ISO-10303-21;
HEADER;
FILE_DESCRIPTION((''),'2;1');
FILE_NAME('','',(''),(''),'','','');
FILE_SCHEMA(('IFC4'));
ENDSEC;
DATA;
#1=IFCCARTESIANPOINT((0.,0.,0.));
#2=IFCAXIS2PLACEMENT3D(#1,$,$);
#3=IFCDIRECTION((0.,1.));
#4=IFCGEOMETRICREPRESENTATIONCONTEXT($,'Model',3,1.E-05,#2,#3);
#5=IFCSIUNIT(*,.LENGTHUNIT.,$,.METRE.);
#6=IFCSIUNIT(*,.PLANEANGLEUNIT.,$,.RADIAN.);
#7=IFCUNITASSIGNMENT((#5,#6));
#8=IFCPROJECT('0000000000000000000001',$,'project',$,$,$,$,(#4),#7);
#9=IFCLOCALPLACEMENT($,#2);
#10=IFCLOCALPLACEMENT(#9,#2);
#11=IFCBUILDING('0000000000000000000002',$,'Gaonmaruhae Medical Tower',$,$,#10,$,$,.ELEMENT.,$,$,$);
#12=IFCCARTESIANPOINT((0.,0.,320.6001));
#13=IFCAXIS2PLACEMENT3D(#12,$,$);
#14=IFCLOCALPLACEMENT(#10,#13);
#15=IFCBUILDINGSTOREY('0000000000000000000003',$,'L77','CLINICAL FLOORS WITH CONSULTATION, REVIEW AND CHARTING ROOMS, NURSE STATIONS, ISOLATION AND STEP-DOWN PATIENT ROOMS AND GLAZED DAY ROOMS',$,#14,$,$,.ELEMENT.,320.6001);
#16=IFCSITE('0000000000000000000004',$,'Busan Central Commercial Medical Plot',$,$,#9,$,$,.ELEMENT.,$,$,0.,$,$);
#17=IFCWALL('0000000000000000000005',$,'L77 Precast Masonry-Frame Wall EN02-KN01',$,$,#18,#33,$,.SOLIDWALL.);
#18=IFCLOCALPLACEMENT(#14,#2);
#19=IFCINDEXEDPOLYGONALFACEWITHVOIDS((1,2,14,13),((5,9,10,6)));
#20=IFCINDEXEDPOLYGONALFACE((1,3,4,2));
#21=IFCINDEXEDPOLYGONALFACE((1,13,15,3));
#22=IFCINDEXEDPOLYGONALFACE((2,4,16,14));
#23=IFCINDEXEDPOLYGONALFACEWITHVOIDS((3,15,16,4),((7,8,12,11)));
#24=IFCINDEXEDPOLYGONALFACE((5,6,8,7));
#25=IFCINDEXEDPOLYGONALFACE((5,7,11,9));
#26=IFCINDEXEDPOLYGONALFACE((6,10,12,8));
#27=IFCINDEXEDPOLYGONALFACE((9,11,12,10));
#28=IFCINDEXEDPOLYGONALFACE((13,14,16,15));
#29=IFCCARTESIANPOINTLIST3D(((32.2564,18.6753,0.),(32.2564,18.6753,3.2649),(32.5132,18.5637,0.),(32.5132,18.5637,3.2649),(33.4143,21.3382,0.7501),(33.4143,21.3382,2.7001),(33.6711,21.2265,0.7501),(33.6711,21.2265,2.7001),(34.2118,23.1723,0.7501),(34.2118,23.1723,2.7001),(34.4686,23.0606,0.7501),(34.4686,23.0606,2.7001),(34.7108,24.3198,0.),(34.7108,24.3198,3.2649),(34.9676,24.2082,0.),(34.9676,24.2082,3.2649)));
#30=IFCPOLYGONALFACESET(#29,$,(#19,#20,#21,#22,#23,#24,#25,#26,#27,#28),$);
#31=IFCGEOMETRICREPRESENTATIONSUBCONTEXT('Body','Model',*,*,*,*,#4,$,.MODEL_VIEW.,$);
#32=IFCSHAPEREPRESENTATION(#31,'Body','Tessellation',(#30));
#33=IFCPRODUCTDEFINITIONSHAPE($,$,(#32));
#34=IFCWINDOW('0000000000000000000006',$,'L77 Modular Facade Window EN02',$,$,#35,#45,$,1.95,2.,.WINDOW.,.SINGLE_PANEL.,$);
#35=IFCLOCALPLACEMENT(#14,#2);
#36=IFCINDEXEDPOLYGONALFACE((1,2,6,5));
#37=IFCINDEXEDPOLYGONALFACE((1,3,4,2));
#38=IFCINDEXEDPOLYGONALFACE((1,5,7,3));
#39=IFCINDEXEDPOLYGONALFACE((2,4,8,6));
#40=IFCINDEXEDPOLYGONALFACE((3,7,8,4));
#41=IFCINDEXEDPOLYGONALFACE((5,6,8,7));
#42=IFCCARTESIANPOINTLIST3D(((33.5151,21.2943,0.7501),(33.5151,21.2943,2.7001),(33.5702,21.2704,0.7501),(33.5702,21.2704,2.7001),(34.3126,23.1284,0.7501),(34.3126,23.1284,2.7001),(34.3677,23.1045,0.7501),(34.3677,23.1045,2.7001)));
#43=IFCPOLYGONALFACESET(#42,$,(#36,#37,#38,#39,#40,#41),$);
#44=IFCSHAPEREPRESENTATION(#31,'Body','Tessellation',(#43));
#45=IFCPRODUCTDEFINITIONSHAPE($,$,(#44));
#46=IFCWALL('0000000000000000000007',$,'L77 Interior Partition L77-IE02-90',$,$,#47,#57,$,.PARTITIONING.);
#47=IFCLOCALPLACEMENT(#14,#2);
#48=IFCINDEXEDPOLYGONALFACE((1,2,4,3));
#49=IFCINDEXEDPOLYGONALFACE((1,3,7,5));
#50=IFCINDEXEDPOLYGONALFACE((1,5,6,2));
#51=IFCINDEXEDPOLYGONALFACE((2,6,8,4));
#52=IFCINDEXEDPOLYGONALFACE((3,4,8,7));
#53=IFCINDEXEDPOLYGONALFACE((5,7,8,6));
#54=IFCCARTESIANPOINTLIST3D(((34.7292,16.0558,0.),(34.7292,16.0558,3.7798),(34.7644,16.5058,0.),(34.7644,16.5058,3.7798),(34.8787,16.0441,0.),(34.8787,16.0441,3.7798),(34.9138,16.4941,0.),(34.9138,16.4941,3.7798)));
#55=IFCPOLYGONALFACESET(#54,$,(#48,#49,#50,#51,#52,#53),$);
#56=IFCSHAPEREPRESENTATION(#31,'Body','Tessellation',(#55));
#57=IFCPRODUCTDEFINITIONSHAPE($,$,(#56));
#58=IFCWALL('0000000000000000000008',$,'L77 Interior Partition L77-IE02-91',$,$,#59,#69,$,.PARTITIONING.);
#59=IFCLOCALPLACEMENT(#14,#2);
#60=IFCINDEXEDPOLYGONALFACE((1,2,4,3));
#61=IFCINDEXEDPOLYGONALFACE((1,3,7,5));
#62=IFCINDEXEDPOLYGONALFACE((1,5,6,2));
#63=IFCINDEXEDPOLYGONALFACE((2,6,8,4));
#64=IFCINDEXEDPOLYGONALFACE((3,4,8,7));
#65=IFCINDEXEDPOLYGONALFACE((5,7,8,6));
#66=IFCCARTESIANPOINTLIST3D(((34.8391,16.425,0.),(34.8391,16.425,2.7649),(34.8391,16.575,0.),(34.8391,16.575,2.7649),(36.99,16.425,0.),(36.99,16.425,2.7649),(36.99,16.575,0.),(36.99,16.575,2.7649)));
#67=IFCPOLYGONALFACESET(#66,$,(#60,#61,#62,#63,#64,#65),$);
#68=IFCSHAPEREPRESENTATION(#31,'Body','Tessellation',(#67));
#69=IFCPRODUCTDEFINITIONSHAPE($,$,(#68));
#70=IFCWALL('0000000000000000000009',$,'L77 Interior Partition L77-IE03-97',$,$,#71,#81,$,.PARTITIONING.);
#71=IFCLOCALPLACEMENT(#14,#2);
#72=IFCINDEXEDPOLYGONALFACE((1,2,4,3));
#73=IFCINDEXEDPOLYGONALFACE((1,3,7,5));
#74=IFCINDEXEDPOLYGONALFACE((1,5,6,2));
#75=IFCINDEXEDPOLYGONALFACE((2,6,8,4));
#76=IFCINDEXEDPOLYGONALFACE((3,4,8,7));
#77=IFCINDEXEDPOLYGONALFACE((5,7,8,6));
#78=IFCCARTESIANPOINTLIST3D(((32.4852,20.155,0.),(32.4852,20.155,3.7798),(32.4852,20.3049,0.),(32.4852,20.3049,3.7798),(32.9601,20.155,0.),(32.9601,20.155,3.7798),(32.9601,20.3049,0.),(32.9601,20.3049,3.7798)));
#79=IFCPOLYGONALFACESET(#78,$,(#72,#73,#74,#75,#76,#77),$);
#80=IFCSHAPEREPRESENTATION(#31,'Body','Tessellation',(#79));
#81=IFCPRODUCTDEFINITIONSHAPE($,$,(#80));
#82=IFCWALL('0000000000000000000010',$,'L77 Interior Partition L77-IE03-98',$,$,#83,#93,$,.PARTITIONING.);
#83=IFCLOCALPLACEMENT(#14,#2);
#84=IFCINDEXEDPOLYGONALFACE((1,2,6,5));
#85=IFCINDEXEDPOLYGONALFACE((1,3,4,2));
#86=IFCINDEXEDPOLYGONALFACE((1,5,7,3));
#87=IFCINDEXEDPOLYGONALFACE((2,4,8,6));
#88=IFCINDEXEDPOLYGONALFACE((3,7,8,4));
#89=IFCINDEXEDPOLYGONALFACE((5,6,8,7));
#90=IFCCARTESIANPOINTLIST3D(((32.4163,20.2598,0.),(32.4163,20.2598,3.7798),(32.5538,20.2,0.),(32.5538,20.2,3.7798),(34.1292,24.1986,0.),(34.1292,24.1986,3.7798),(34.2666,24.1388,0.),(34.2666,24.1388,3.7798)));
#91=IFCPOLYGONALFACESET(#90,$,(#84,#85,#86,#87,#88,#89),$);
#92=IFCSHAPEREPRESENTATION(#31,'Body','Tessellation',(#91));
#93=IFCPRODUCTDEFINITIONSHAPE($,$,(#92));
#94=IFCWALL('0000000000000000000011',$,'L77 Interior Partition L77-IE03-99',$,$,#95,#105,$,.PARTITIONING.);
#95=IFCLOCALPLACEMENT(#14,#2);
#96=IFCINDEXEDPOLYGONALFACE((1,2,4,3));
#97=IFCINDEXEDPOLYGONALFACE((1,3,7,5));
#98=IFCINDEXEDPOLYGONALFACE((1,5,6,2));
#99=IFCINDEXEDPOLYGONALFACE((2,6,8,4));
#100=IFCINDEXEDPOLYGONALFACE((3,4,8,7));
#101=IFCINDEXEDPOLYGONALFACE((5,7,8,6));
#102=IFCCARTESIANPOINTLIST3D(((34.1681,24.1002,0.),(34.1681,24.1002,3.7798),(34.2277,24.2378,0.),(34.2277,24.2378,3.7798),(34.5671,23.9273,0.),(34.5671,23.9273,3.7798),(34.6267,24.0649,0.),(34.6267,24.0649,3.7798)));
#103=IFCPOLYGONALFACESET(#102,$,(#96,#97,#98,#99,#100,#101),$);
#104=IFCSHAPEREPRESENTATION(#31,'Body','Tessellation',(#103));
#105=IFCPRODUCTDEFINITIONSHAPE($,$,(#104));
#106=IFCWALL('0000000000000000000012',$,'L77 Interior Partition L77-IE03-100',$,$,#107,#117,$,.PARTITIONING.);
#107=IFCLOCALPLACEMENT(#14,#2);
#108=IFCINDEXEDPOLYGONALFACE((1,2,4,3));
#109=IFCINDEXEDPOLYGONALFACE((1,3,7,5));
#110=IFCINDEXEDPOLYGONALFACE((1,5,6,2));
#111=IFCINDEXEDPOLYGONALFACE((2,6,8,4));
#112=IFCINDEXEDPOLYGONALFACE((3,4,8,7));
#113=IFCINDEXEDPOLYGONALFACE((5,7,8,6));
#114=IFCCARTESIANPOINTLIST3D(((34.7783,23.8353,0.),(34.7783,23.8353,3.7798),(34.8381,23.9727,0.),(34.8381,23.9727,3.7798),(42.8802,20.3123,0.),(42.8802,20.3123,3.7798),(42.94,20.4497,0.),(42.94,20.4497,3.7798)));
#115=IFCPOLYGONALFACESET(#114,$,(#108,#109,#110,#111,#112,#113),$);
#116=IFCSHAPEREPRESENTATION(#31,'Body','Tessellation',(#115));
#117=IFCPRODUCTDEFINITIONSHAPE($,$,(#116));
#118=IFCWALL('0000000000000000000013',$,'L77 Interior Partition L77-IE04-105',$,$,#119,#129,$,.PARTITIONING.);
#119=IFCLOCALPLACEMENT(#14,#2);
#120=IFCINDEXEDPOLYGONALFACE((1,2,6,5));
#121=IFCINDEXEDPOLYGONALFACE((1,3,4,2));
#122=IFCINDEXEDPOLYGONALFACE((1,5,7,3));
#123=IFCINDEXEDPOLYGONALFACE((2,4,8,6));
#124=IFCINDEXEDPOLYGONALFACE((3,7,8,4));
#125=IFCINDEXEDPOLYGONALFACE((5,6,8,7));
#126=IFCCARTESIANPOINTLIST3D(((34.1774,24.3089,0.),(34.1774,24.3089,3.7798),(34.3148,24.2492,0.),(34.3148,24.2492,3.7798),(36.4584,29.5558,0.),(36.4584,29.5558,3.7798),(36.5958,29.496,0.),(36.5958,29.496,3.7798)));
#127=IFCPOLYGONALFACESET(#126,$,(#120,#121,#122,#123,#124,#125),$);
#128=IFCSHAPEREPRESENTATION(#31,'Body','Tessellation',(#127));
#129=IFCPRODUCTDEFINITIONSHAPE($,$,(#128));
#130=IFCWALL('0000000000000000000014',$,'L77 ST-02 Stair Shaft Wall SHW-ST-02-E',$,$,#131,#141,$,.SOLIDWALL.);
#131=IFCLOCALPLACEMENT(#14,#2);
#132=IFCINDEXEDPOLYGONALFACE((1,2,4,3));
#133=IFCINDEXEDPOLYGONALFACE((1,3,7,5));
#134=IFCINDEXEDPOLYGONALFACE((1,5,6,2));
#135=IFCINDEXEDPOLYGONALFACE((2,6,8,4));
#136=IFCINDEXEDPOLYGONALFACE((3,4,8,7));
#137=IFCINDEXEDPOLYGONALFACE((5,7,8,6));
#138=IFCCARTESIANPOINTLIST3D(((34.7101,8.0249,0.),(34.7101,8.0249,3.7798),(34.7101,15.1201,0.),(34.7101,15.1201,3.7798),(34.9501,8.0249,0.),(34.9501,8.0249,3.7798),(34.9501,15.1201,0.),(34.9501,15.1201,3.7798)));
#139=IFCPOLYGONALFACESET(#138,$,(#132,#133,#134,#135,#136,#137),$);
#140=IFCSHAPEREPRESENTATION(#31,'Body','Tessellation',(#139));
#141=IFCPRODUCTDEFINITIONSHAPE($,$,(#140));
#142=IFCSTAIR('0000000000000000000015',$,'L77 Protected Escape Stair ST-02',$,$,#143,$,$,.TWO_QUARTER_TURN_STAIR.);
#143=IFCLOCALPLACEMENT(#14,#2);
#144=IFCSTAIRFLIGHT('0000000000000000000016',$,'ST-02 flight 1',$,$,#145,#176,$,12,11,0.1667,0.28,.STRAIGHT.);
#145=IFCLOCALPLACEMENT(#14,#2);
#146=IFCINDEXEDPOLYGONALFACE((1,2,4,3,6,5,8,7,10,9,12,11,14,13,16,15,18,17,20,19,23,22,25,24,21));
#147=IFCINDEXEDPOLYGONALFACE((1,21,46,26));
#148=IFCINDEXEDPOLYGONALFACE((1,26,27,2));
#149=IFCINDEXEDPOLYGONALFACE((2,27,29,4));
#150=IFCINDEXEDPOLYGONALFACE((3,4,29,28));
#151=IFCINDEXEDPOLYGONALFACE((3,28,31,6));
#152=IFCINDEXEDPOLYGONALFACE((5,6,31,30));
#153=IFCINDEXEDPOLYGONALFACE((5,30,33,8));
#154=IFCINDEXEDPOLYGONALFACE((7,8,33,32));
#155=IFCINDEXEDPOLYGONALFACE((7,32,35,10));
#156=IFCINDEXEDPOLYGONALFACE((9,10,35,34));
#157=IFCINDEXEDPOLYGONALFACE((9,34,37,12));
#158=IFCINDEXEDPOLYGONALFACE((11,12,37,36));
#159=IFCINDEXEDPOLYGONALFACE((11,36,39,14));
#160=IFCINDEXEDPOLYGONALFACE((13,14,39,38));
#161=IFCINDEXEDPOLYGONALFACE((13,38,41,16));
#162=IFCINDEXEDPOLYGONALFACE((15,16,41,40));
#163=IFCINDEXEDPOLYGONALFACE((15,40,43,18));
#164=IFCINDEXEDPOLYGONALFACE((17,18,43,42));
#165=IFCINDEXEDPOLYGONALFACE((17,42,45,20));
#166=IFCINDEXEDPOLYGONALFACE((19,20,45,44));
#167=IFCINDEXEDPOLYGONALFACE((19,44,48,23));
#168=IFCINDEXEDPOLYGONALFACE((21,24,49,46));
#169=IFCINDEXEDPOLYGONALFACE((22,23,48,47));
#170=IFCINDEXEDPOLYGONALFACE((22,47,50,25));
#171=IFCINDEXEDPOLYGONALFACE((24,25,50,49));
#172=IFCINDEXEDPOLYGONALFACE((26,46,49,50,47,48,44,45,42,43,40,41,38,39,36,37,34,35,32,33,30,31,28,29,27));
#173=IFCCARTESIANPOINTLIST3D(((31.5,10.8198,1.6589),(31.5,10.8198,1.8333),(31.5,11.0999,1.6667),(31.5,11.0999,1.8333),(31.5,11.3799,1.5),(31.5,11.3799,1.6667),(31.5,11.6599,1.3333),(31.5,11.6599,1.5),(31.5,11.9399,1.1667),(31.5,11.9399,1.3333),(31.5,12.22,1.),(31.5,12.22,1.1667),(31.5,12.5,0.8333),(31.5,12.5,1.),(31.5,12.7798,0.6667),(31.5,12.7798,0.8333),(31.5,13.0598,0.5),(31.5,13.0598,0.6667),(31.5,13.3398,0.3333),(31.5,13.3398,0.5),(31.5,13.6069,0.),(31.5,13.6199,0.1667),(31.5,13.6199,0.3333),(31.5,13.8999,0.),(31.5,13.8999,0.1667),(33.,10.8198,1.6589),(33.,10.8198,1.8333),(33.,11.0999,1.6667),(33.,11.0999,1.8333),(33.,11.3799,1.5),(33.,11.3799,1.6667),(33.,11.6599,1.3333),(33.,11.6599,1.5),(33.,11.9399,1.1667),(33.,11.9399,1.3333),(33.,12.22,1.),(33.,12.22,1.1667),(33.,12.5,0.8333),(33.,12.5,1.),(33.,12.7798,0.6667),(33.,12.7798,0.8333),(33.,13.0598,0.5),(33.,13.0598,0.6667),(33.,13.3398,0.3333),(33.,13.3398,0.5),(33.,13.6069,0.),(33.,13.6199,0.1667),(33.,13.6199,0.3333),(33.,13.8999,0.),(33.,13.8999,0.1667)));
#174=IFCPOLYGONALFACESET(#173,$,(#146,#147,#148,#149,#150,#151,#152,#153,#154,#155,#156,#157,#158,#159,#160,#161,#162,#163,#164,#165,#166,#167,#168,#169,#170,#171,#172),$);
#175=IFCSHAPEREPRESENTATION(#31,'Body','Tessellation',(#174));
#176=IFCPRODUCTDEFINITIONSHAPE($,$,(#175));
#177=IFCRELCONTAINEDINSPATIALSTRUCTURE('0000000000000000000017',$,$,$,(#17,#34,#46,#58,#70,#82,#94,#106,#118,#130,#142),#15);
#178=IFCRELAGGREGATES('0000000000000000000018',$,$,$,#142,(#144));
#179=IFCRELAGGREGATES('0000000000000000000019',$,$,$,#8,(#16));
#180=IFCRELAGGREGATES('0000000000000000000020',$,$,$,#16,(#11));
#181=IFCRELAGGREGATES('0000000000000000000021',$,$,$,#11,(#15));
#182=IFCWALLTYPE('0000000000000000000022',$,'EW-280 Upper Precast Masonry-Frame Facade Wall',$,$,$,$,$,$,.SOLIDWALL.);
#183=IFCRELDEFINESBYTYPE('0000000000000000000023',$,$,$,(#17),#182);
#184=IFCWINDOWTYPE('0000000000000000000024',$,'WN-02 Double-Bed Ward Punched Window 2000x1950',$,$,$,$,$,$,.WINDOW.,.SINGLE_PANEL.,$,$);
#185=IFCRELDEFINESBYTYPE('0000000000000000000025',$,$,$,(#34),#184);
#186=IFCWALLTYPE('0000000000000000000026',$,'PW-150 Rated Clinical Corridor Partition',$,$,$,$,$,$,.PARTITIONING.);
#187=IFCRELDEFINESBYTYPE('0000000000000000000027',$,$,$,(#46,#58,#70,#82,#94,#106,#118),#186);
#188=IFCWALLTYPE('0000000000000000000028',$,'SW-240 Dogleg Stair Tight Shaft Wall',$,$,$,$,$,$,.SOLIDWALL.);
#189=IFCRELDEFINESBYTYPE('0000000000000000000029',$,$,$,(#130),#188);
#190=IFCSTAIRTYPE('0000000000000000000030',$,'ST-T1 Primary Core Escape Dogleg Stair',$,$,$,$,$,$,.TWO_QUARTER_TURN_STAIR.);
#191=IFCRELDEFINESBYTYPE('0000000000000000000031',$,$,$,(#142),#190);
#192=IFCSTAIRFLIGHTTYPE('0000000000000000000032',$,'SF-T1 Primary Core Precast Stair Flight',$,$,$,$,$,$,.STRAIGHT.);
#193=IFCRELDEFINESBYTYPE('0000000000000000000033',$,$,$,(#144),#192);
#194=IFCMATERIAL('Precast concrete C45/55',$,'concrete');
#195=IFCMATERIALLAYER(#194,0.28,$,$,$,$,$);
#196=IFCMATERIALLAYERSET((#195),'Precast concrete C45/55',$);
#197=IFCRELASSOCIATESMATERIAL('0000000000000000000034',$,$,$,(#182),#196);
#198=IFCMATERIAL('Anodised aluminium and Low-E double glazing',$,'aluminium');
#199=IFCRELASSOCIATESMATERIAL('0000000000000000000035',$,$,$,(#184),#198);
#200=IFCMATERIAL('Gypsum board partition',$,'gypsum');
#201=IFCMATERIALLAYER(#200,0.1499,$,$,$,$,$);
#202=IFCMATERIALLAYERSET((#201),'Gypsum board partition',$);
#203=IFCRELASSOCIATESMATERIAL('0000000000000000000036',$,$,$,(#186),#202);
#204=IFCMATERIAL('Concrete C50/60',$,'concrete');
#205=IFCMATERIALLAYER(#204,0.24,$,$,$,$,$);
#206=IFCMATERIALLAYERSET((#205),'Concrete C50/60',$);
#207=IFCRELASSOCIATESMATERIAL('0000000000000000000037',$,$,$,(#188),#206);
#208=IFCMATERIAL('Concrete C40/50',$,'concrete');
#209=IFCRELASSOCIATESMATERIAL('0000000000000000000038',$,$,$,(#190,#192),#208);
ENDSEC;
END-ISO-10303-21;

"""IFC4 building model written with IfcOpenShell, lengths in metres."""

from ifc_helpers import new_model, si_unit, direction, frame, frame_2d, origin, place, context, subcontext, project, spatial, polyline, rectangle, outline, extrude, material, layer, layer_set, type_object, element, fill, aggregate, save


model = new_model("IFC4")

# Units and contexts
model_context = context("Model", 3, precision=1e-05, world=origin(), true_north=direction((0.0, 1.0)))
body_context = subcontext(model_context, "Body", "Model", "MODEL_VIEW")
ifc_project = project(units=[si_unit("LENGTHUNIT", "METRE"), si_unit("PLANEANGLEUNIT", "RADIAN")], contexts=[model_context])

# Site, building, storey
site_placement = place(None, origin())
site = spatial("IfcSite", under=ifc_project, at=site_placement, Name="Busan Central Commercial Medical Plot", CompositionType="ELEMENT", RefElevation=0.0)
building_placement = place(site_placement, origin())
building = spatial("IfcBuilding", under=site, at=building_placement, Name="Gaonmaruhae Medical Tower", CompositionType="ELEMENT")
storey_placement = place(building_placement, frame((0.0, 0.0, 320.6001)))
storey = spatial("IfcBuildingStorey", under=building, at=storey_placement, Name="L77", Description="CLINICAL FLOORS WITH CONSULTATION, REVIEW AND CHARTING ROOMS, NURSE STATIONS, ISOLATION AND STEP-DOWN PATIENT ROOMS AND GLAZED DAY ROOMS", CompositionType="ELEMENT", Elevation=320.6001)

# Shared definitions
ifc_material_1 = material(Name="Concrete C50/60", Category="concrete")

# Wall, opening, window
ifc_material_2 = material(Name="Precast concrete C45/55", Category="concrete")
ifc_layer_1 = layer(ifc_material_2, 0.28)
ifc_layer_set_1 = layer_set([ifc_layer_1], Name="Precast concrete C45/55")
wall_type_1 = type_object("IfcWallType", Name="EW-280 Upper Precast Masonry-Frame Facade Wall", PredefinedType="SOLIDWALL", material=ifc_layer_set_1)
wall_1_placement = place(storey_placement, frame((32.3848, 18.6194, 0.0), z_axis=(0.0, 0.0, 1.0), x_axis=(0.398754, 0.917058, 0.0)))
wall_1 = element("IfcWall", 1, at=wall_1_placement, inside=storey, type_object=wall_type_1, Name="L77 Precast Masonry-Frame Wall EN02-KN01", PredefinedType="SOLIDWALL", context=body_context, shape_type="SweptSolid", body=[
    extrude(rectangle(XDim=6.155, YDim=0.28, at=frame_2d((3.0776, 0.0))), origin(), (0.0, 0.0, 1.0), 3.2649),
])
opening_1_placement = place(wall_1_placement, frame((2.9038, 0.0, 0.75)))
opening_1 = element("IfcOpeningElement", 2, at=opening_1_placement, cuts=wall_1, PredefinedType="OPENING", context=body_context, shape_type="SweptSolid", body=[
    extrude(rectangle(XDim=2.0, YDim=1.95, at=frame_2d((1.0, 0.9751))), frame((0.0, 0.1499, 0.0), z_axis=(0.0, -1.0, 0.0), x_axis=(1.0, 0.0, 0.0)), (0.0, 0.0, 1.0), 0.3),
])
ifc_material_3 = material(Name="Anodised aluminium and Low-E double glazing", Category="aluminium")
window_type = type_object("IfcWindowType", Name="WN-02 Double-Bed Ward Punched Window 2000x1950", PartitioningType="SINGLE_PANEL", PredefinedType="WINDOW", material=ifc_material_3)
window_placement = place(opening_1_placement, origin())
window = element("IfcWindow", 3, at=window_placement, inside=storey, type_object=window_type, Name="L77 Modular Facade Window EN02", OverallHeight=1.95, OverallWidth=2.0, PartitioningType="SINGLE_PANEL", PredefinedType="WINDOW", context=body_context, shape_type="SweptSolid", body=[
    extrude(rectangle(XDim=2.0, YDim=1.95, at=frame_2d((1.0, 0.9751))), frame((0.0, 0.03, 0.0), z_axis=(0.0, -1.0, 0.0), x_axis=(1.0, 0.0, 0.0)), (0.0, 0.0, 1.0), 0.0601),
])
fill(opening_1, window)

# Walls
ifc_material_4 = material(Name="Gypsum board partition", Category="gypsum")
ifc_layer_2 = layer(ifc_material_4, 0.1499)
ifc_layer_set_2 = layer_set([ifc_layer_2], Name="Gypsum board partition")
wall_type_2 = type_object("IfcWallType", Name="PW-150 Rated Clinical Corridor Partition", PredefinedType="PARTITIONING", material=ifc_layer_set_2)
wall_2_placement = place(storey_placement, frame((34.804, 16.05, 0.0), z_axis=(0.0, 0.0, 1.0), x_axis=(0.077896, 0.996961, 0.0)))
element("IfcWall", 4, at=wall_2_placement, inside=storey, type_object=wall_type_2, Name="L77 Interior Partition L77-IE02-90", PredefinedType="PARTITIONING", context=body_context, shape_type="SweptSolid", body=[
    extrude(rectangle(XDim=0.4514, YDim=0.1499, at=frame_2d((0.2256, 0.0))), origin(), (0.0, 0.0, 1.0), 3.7798),
])
wall_3_placement = place(storey_placement, frame((34.8391, 16.5, 0.0), z_axis=(0.0, 0.0, 1.0), x_axis=(1.0, 0.0, 0.0)))
element("IfcWall", 5, at=wall_3_placement, inside=storey, type_object=wall_type_2, Name="L77 Interior Partition L77-IE02-91", PredefinedType="PARTITIONING", context=body_context, shape_type="SweptSolid", body=[
    extrude(rectangle(XDim=2.1509, YDim=0.1499, at=frame_2d((1.0754, 0.0))), origin(), (0.0, 0.0, 1.0), 2.7649),
])
wall_4_placement = place(storey_placement, frame((32.96, 20.23, 0.0), z_axis=(0.0, 0.0, 1.0), x_axis=(-1.0, 0.0, 0.0)))
element("IfcWall", 6, at=wall_4_placement, inside=storey, type_object=wall_type_2, Name="L77 Interior Partition L77-IE03-97", PredefinedType="PARTITIONING", context=body_context, shape_type="SweptSolid", body=[
    extrude(rectangle(XDim=0.4749, YDim=0.1499, at=frame_2d((0.2373, 0.0))), origin(), (0.0, 0.0, 1.0), 3.7798),
])
wall_5_placement = place(storey_placement, frame((32.4851, 20.23, 0.0), z_axis=(0.0, 0.0, 1.0), x_axis=(0.398784, 0.917045, 0.0)))
element("IfcWall", 7, at=wall_5_placement, inside=storey, type_object=wall_type_2, Name="L77 Interior Partition L77-IE03-98", PredefinedType="PARTITIONING", context=body_context, shape_type="SweptSolid", body=[
    extrude(rectangle(XDim=4.2952, YDim=0.1499, at=frame_2d((2.1475, 0.0))), origin(), (0.0, 0.0, 1.0), 3.7798),
])
wall_6_placement = place(storey_placement, frame((34.198, 24.1689, 0.0), z_axis=(0.0, 0.0, 1.0), x_axis=(0.917569, -0.397576, 0.0)))
element("IfcWall", 8, at=wall_6_placement, inside=storey, type_object=wall_type_2, Name="L77 Interior Partition L77-IE03-99", PredefinedType="PARTITIONING", context=body_context, shape_type="SweptSolid", body=[
    extrude(rectangle(XDim=0.4348, YDim=0.1499, at=frame_2d((0.2173, 0.0))), origin(), (0.0, 0.0, 1.0), 3.7798),
])
wall_7_placement = place(storey_placement, frame((34.8081, 23.9041, 0.0), z_axis=(0.0, 0.0, 1.0), x_axis=(0.917052, -0.398767, 0.0)))
element("IfcWall", 9, at=wall_7_placement, inside=storey, type_object=wall_type_2, Name="L77 Interior Partition L77-IE03-100", PredefinedType="PARTITIONING", context=body_context, shape_type="SweptSolid", body=[
    extrude(rectangle(XDim=8.8347, YDim=0.1499, at=frame_2d((4.4175, 0.0))), origin(), (0.0, 0.0, 1.0), 3.7798),
])
wall_8_placement = place(storey_placement, frame((34.2461, 24.2791, 0.0), z_axis=(0.0, 0.0, 1.0), x_axis=(0.398693, 0.917084, 0.0)))
element("IfcWall", 10, at=wall_8_placement, inside=storey, type_object=wall_type_2, Name="L77 Interior Partition L77-IE04-105", PredefinedType="PARTITIONING", context=body_context, shape_type="SweptSolid", body=[
    extrude(rectangle(XDim=5.7212, YDim=0.1499, at=frame_2d((2.8606, 0.0))), origin(), (0.0, 0.0, 1.0), 3.7798),
])

# Shared definitions
ifc_layer_3 = layer(ifc_material_1, 0.24)
ifc_layer_set_3 = layer_set([ifc_layer_3], Name="Concrete C50/60")
wall_type_3 = type_object("IfcWallType", Name="SW-240 Dogleg Stair Tight Shaft Wall", PredefinedType="SOLIDWALL", material=ifc_layer_set_3)

# Wall
wall_9_placement = place(storey_placement, frame((34.8301, 15.1201, 0.0), z_axis=(0.0, 0.0, 1.0), x_axis=(0.0, -1.0, 0.0)))
element("IfcWall", 11, at=wall_9_placement, inside=storey, type_object=wall_type_3, Name="L77 ST-02 Stair Shaft Wall SHW-ST-02-E", PredefinedType="SOLIDWALL", context=body_context, shape_type="SweptSolid", body=[
    extrude(rectangle(XDim=7.0952, YDim=0.24, at=frame_2d((3.5476, 0.0))), origin(), (0.0, 0.0, 1.0), 3.7798),
])

# Stair, stair flight
ifc_material_5 = material(Name="Concrete C40/50", Category="concrete")
stair_type = type_object("IfcStairType", Name="ST-T1 Primary Core Escape Dogleg Stair", PredefinedType="TWO_QUARTER_TURN_STAIR", material=ifc_material_5)
stair_placement = place(storey_placement, origin())
stair = element("IfcStair", 12, at=stair_placement, inside=storey, type_object=stair_type, Name="L77 Protected Escape Stair ST-02", PredefinedType="TWO_QUARTER_TURN_STAIR")
stair_flight_type = type_object("IfcStairFlightType", Name="SF-T1 Primary Core Precast Stair Flight", PredefinedType="STRAIGHT", material=ifc_material_5)
stair_flight_placement = place(storey_placement, frame((32.25, 13.8999, 0.0), z_axis=(0.0, 0.0, 1.0), x_axis=(0.0, -1.0, 0.0)))
stair_flight = element("IfcStairFlight", 13, at=stair_flight_placement, type_object=stair_flight_type, Name="ST-02 flight 1", NumberOfRisers=12, NumberOfTreads=11, PredefinedType="STRAIGHT", RiserHeight=0.1667, TreadLength=0.28, context=body_context, shape_type="SweptSolid", body=[
    extrude(outline(polyline([(0.0, 0.0), (0.0, 0.1667), (0.28, 0.1667), (0.28, 0.3333), (0.5601, 0.3333), (0.5601, 0.5), (0.8401, 0.5), (0.8401, 0.6667), (1.1201, 0.6667), (1.1201, 0.8333), (1.3999, 0.8333), (1.3999, 1.0), (1.6799, 1.0), (1.6799, 1.1667), (1.96, 1.1667), (1.96, 1.3333), (2.24, 1.3333), (2.24, 1.5), (2.52, 1.5), (2.52, 1.6667), (2.8, 1.6667), (2.8, 1.8333), (3.0801, 1.8333), (3.0801, 2.0), (3.0801, 1.6589), (0.293, 0.0), (0.0, 0.0)])), frame((0.0, 0.75, 0.0), z_axis=(0.0, -1.0, 0.0), x_axis=(1.0, 0.0, 0.0)), (0.0, 0.0, 1.0), 1.5),
])
aggregate(stair, [stair_flight])

save(model, "model.ifc")
